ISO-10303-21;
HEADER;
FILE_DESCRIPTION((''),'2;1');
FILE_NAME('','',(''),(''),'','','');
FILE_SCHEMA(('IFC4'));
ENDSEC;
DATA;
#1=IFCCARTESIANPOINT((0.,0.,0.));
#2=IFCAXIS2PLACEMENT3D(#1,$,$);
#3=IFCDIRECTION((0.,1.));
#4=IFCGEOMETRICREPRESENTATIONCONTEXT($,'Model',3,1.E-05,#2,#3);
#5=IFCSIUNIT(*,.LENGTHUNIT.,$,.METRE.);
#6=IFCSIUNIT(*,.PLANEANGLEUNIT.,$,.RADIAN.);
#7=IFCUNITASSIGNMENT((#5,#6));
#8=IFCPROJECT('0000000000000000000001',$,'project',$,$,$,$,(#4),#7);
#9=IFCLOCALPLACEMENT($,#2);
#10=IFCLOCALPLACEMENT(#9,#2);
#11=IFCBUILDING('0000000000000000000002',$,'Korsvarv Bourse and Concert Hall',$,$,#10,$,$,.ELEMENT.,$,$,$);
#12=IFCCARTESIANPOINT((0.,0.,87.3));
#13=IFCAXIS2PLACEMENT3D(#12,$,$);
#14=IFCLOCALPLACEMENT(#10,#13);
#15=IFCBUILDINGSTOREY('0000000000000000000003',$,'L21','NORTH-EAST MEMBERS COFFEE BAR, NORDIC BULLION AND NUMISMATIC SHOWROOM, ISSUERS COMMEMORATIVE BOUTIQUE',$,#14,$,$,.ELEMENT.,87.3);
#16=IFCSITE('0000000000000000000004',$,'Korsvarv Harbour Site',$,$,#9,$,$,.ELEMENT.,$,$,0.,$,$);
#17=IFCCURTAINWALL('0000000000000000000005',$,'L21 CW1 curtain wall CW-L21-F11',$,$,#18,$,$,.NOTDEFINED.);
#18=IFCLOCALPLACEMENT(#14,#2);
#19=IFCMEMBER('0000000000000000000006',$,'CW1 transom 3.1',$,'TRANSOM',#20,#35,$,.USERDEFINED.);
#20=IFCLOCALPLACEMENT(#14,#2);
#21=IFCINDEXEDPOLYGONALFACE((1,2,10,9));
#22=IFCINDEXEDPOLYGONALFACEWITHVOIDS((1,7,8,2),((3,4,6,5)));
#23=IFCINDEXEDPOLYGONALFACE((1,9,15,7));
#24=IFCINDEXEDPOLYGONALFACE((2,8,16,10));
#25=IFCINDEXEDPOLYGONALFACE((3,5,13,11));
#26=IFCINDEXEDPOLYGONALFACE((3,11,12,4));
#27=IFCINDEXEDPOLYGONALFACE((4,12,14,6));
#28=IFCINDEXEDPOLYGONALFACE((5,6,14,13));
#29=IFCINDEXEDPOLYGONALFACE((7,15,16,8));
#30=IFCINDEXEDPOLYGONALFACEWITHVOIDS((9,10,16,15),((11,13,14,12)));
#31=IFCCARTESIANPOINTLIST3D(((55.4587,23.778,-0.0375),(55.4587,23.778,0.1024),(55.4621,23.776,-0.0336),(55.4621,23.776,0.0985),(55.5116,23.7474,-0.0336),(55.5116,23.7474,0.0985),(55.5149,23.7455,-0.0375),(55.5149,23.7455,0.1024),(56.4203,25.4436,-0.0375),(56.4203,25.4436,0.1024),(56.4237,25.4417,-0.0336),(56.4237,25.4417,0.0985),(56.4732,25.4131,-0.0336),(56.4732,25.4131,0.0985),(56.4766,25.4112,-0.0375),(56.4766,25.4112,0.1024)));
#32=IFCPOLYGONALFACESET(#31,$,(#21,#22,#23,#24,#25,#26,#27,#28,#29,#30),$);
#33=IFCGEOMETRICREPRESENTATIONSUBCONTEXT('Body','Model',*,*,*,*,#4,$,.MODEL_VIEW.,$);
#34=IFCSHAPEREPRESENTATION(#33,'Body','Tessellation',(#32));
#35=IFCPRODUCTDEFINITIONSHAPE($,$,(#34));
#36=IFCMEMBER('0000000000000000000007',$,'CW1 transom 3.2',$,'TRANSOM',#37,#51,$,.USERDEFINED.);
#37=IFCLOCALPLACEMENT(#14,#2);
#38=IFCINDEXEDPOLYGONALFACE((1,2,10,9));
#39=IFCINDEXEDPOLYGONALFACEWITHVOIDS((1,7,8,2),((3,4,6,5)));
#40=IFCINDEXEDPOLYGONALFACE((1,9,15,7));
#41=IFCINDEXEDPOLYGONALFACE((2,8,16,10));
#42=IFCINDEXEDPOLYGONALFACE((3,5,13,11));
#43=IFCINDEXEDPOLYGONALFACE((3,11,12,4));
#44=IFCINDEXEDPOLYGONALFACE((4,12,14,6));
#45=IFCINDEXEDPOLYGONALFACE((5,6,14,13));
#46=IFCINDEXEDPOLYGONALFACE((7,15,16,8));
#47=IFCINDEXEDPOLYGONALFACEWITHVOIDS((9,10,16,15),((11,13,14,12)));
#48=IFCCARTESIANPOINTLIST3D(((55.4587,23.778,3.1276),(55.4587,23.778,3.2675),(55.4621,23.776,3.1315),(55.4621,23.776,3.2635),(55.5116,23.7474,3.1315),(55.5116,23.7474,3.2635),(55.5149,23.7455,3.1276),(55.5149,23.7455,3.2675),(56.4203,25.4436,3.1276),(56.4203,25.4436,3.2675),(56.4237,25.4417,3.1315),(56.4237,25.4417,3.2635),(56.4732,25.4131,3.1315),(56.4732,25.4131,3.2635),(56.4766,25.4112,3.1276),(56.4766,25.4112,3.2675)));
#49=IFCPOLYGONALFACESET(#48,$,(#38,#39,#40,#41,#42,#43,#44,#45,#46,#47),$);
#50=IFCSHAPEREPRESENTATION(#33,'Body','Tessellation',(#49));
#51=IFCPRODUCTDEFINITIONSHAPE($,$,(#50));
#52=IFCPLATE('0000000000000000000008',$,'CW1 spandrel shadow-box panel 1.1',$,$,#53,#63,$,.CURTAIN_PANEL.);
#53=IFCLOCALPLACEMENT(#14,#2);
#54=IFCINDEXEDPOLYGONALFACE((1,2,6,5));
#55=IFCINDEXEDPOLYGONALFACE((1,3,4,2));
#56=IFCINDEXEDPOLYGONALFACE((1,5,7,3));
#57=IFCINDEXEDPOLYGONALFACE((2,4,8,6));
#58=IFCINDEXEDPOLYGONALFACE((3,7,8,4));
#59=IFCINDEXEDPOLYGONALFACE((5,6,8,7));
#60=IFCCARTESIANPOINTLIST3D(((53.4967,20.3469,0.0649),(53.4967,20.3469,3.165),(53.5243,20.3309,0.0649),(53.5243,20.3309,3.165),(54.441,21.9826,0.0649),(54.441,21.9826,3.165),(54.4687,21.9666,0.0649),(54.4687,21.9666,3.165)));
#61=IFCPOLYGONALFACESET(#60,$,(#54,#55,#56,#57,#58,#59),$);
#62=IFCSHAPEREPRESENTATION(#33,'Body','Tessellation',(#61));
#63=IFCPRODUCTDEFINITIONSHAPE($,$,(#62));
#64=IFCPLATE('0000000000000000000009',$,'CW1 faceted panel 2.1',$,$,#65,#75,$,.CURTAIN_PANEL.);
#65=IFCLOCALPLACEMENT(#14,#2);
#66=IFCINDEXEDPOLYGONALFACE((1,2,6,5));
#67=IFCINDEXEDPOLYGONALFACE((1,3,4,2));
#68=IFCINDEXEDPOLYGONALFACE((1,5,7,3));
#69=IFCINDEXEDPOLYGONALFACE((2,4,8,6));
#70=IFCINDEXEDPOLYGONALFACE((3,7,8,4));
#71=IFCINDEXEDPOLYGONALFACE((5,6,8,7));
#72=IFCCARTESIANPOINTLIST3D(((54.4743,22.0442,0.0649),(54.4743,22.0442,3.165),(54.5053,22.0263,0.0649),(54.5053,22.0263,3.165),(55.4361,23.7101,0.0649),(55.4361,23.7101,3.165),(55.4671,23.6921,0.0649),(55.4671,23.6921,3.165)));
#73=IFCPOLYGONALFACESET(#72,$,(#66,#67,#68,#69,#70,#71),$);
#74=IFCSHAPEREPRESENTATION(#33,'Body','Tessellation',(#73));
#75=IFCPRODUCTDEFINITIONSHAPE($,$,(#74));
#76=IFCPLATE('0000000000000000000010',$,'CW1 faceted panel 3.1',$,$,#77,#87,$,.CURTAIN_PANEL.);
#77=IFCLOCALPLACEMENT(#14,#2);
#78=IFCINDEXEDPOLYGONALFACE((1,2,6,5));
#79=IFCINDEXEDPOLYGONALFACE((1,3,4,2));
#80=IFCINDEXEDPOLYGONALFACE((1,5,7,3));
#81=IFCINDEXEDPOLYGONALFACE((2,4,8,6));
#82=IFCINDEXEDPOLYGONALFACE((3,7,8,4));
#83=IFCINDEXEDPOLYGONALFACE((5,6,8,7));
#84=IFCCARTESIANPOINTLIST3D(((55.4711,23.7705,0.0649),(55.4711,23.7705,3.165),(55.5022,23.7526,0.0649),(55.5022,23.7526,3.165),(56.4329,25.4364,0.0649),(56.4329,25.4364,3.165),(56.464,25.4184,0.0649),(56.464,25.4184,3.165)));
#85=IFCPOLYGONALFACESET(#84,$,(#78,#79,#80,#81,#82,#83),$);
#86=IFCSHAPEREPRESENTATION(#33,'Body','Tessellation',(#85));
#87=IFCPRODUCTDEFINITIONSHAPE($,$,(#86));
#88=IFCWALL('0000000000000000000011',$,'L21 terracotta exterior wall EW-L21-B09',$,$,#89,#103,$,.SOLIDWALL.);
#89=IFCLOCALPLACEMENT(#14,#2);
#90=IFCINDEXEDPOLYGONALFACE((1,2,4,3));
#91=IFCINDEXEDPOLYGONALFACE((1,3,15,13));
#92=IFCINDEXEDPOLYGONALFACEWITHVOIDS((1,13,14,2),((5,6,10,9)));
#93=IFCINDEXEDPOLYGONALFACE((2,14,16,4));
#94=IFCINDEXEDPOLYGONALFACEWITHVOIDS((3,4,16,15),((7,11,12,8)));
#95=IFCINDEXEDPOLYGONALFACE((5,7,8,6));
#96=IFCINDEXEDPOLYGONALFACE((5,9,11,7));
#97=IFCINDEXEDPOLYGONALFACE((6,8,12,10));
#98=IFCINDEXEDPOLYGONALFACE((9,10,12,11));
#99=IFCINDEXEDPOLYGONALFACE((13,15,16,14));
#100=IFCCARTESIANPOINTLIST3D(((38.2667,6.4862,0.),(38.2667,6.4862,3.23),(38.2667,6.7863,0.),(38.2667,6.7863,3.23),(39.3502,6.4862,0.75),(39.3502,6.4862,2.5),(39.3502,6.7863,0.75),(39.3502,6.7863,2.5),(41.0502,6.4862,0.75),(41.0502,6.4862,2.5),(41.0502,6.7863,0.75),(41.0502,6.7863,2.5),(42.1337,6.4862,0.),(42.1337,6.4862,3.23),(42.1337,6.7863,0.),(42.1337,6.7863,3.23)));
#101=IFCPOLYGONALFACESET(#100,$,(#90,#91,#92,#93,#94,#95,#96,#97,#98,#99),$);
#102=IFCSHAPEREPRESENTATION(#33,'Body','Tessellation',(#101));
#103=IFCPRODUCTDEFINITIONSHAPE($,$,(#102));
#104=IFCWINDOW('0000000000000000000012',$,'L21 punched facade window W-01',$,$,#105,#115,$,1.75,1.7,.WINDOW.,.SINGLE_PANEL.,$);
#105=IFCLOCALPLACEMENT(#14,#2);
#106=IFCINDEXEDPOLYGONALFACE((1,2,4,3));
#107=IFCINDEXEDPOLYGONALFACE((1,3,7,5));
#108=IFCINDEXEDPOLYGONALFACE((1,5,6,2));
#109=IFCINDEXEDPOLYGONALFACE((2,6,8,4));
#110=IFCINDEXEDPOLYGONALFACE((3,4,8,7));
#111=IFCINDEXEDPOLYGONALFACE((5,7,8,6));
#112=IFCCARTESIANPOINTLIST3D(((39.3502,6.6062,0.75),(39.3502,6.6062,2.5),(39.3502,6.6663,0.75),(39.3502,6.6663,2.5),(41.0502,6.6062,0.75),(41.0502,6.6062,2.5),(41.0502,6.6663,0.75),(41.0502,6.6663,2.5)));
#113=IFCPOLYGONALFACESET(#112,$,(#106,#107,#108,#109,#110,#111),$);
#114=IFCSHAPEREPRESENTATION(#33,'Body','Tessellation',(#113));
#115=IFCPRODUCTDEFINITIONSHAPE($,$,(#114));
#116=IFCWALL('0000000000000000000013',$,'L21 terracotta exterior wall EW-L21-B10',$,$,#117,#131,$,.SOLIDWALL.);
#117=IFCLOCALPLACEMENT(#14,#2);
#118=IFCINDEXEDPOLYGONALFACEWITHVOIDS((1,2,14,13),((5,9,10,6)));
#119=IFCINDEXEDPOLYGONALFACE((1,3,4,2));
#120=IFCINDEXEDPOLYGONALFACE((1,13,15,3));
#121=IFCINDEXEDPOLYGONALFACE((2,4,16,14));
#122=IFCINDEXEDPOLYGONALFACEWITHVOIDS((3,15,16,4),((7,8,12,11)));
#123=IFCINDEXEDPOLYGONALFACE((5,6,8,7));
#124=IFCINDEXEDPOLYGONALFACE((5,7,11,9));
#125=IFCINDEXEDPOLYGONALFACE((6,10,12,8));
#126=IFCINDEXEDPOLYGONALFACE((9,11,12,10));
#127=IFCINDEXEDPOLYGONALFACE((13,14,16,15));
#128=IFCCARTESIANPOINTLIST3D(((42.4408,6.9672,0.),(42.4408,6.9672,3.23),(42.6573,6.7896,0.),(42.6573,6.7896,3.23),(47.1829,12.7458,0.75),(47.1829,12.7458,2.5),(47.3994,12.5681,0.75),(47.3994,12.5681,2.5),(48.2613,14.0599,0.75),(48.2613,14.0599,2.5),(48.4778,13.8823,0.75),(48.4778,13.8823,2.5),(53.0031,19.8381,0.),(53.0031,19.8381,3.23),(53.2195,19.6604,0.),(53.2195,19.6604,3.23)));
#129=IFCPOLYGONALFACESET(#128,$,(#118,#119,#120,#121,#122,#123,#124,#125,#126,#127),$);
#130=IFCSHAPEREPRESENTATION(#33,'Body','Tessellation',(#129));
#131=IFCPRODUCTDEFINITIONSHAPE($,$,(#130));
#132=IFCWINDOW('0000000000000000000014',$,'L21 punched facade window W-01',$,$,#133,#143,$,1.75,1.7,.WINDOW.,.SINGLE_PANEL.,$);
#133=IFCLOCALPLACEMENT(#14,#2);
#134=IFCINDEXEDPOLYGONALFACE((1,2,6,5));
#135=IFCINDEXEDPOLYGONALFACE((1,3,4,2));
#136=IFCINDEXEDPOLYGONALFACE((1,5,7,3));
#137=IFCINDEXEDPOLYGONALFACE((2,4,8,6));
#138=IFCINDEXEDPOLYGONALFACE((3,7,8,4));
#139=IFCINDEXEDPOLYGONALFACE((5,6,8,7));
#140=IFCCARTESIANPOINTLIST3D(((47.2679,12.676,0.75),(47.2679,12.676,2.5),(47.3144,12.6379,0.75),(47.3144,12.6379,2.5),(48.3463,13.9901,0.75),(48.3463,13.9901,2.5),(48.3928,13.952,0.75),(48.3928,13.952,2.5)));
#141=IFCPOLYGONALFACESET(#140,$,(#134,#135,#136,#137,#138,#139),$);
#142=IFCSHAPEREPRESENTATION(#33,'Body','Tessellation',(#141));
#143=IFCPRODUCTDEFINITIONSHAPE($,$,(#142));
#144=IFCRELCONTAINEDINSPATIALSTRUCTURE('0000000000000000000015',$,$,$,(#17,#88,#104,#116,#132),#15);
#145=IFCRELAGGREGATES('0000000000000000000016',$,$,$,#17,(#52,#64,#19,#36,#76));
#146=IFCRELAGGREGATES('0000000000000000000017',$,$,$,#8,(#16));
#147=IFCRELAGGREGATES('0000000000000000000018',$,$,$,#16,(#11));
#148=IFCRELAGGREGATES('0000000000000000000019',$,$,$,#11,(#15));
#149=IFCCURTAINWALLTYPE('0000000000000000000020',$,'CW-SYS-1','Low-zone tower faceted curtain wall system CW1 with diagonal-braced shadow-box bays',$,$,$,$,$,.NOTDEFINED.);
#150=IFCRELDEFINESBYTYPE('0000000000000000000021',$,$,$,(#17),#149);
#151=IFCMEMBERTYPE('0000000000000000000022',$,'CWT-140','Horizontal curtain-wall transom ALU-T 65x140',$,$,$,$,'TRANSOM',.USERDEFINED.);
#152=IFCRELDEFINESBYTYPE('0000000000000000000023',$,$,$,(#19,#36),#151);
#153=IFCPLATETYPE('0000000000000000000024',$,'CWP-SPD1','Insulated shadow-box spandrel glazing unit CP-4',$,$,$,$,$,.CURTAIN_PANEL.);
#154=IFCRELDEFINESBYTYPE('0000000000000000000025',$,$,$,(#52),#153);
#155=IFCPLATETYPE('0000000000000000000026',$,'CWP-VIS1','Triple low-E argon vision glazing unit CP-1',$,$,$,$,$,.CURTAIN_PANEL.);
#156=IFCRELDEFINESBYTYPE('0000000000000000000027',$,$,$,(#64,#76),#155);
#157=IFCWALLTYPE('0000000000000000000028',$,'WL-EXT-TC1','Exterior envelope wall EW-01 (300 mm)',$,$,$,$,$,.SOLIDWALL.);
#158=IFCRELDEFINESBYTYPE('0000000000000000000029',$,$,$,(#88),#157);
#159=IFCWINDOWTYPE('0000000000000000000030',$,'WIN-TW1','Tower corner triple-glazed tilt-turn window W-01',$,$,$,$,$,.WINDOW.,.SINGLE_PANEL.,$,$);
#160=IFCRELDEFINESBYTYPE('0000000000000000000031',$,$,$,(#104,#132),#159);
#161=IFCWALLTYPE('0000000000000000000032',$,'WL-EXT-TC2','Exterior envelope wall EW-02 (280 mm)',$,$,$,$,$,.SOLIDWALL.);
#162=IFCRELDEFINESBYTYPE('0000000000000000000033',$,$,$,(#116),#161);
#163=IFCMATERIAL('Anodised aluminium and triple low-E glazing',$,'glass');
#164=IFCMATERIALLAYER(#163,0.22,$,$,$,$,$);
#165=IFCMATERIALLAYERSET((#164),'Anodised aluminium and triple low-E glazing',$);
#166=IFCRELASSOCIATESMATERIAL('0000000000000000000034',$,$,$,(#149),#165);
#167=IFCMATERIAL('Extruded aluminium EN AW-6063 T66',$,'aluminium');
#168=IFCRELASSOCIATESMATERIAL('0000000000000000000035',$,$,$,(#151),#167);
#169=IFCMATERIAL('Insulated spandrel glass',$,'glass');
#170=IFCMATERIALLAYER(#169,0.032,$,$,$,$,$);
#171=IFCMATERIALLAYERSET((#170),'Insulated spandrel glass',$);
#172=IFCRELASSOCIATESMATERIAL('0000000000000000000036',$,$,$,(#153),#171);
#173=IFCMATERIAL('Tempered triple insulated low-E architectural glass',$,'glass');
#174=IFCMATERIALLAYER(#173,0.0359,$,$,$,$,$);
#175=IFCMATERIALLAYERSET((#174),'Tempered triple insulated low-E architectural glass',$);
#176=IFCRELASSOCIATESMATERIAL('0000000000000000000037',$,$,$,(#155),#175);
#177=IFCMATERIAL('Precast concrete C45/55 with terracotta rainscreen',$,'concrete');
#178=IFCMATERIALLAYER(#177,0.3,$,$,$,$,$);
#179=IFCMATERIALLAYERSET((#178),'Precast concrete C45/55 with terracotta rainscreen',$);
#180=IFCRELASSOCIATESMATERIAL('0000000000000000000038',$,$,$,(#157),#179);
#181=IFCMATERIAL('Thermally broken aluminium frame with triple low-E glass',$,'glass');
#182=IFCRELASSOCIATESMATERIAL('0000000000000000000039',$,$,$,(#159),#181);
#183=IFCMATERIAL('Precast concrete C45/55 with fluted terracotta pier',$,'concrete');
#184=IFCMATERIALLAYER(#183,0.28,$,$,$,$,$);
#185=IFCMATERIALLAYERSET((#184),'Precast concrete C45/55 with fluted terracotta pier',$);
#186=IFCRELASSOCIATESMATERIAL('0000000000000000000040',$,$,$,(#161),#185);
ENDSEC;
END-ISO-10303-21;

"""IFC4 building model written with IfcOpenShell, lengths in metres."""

from ifc_helpers import new_model, si_unit, direction, frame, frame_2d, origin, origin_2d, place, context, subcontext, project, spatial, rectangle, hollow_rectangle, extrude, source, transform, mapped, material, layer, layer_set, material_profile, profile_set, type_object, element, fill, aggregate, save


model = new_model("IFC4")

# Units and contexts
model_context = context("Model", 3, precision=1e-05, world=origin(), true_north=direction((0.0, 1.0)))
body_context = subcontext(model_context, "Body", "Model", "MODEL_VIEW")
ifc_project = project(units=[si_unit("LENGTHUNIT", "METRE"), si_unit("PLANEANGLEUNIT", "RADIAN")], contexts=[model_context])

# Site, building, storey
site_placement = place(None, origin())
site = spatial("IfcSite", under=ifc_project, at=site_placement, Name="Korsvarv Harbour Site", CompositionType="ELEMENT", RefElevation=0.0)
building_placement = place(site_placement, origin())
building = spatial("IfcBuilding", under=site, at=building_placement, Name="Korsvarv Bourse and Concert Hall", CompositionType="ELEMENT")
storey_placement = place(building_placement, frame((0.0, 0.0, 87.3)))
storey = spatial("IfcBuildingStorey", under=building, at=storey_placement, Name="L21", Description="NORTH-EAST MEMBERS COFFEE BAR, NORDIC BULLION AND NUMISMATIC SHOWROOM, ISSUERS COMMEMORATIVE BOUTIQUE", CompositionType="ELEMENT", Elevation=87.3)

# Curtain wall, members, plates
ifc_material_1 = material(Name="Anodised aluminium and triple low-E glazing", Category="glass")
ifc_layer_1 = layer(ifc_material_1, 0.22)
ifc_layer_set_1 = layer_set([ifc_layer_1], Name="Anodised aluminium and triple low-E glazing")
curtain_wall_type = type_object("IfcCurtainWallType", Name="CW-SYS-1", Description="Low-zone tower faceted curtain wall system CW1 with diagonal-braced shadow-box bays", PredefinedType="NOTDEFINED", material=ifc_layer_set_1)
curtain_wall_placement = place(storey_placement, origin())
curtain_wall = element("IfcCurtainWall", 1, at=curtain_wall_placement, inside=storey, type_object=curtain_wall_type, Name="L21 CW1 curtain wall CW-L21-F11", PredefinedType="NOTDEFINED")
ifc_material_2 = material(Name="Extruded aluminium EN AW-6063 T66", Category="aluminium")
ifc_material_profile_1 = material_profile(ifc_material_2, hollow_rectangle(XDim=0.0649, YDim=0.1399, WallThickness=0.0039, at=origin_2d()), Name="ALU-T 65x140")
ifc_profile_set_1 = profile_set([ifc_material_profile_1], Name="Extruded aluminium EN AW-6063 T66")
member_type_1 = type_object("IfcMemberType", Name="CWT-140", Description="Horizontal curtain-wall transom ALU-T 65x140", ElementType="TRANSOM", PredefinedType="USERDEFINED", material=ifc_profile_set_1)
shared_shape_1 = source(origin(), body_context, "Body", "SweptSolid", [
    extrude(hollow_rectangle(XDim=0.0649, YDim=0.1399, WallThickness=0.0039, at=origin_2d()), origin(), (0.0, 0.0, 1.0), 1.9233),
])
member_1_placement = place(storey_placement, frame((55.4868, 23.7617, 0.0325), z_axis=(0.499975, 0.86604, 0.0), x_axis=(-0.86604, 0.499975, 0.0)))
member_1 = element("IfcMember", 2, at=member_1_placement, type_object=member_type_1, Name="CW1 transom 3.1", ObjectType="TRANSOM", PredefinedType="USERDEFINED", context=body_context, shape_type="MappedRepresentation", body=[
    mapped(shared_shape_1, transform((0.0, 0.0, 0.0), scale=1.0)),
])
member_2_placement = place(storey_placement, frame((55.4868, 23.7617, 3.1975), z_axis=(0.499975, 0.86604, 0.0), x_axis=(-0.86604, 0.499975, 0.0)))
member_2 = element("IfcMember", 3, at=member_2_placement, type_object=member_type_1, Name="CW1 transom 3.2", ObjectType="TRANSOM", PredefinedType="USERDEFINED", context=body_context, shape_type="MappedRepresentation", body=[
    mapped(shared_shape_1, transform((0.0, 0.0, 0.0), scale=1.0)),
])
ifc_material_3 = material(Name="Insulated spandrel glass", Category="glass")
ifc_layer_2 = layer(ifc_material_3, 0.032)
ifc_layer_set_2 = layer_set([ifc_layer_2], Name="Insulated spandrel glass")
plate_type_1 = type_object("IfcPlateType", Name="CWP-SPD1", Description="Insulated shadow-box spandrel glazing unit CP-4", PredefinedType="CURTAIN_PANEL", material=ifc_layer_set_2)
shared_shape_2 = source(origin(), body_context, "Body", "SweptSolid", [
    extrude(rectangle(XDim=1.8887, YDim=0.032, at=origin_2d()), origin(), (0.0, 0.0, 1.0), 3.1001),
])
plate_1_placement = place(storey_placement, frame((53.9827, 21.1567, 0.0649), z_axis=(0.0, 0.0, 1.0), x_axis=(0.499999, 0.866026, 0.0)))
plate_1 = element("IfcPlate", 4, at=plate_1_placement, type_object=plate_type_1, Name="CW1 spandrel shadow-box panel 1.1", PredefinedType="CURTAIN_PANEL", context=body_context, shape_type="MappedRepresentation", body=[
    mapped(shared_shape_2, transform((0.0, 0.0, 0.0), scale=1.0)),
])
ifc_material_4 = material(Name="Tempered triple insulated low-E architectural glass", Category="glass")
ifc_layer_3 = layer(ifc_material_4, 0.0359)
ifc_layer_set_3 = layer_set([ifc_layer_3], Name="Tempered triple insulated low-E architectural glass")
plate_type_2 = type_object("IfcPlateType", Name="CWP-VIS1", Description="Triple low-E argon vision glazing unit CP-1", PredefinedType="CURTAIN_PANEL", material=ifc_layer_set_3)
shared_shape_3 = source(origin(), body_context, "Body", "SweptSolid", [
    extrude(rectangle(XDim=1.9236, YDim=0.0359, at=origin_2d()), origin(), (0.0, 0.0, 1.0), 3.1001),
])
plate_2_placement = place(storey_placement, frame((54.9707, 22.8682, 0.0649), z_axis=(0.0, 0.0, 1.0), x_axis=(0.499999, 0.866026, 0.0)))
plate_2 = element("IfcPlate", 5, at=plate_2_placement, type_object=plate_type_2, Name="CW1 faceted panel 2.1", PredefinedType="CURTAIN_PANEL", context=body_context, shape_type="MappedRepresentation", body=[
    mapped(shared_shape_3, transform((0.0, 0.0, 0.0), scale=1.0)),
])
plate_3_placement = place(storey_placement, frame((55.9675, 24.5945, 0.0649), z_axis=(0.0, 0.0, 1.0), x_axis=(0.499999, 0.866026, 0.0)))
plate_3 = element("IfcPlate", 6, at=plate_3_placement, type_object=plate_type_2, Name="CW1 faceted panel 3.1", PredefinedType="CURTAIN_PANEL", context=body_context, shape_type="MappedRepresentation", body=[
    mapped(shared_shape_3, transform((0.0, 0.0, 0.0), scale=1.0)),
])
aggregate(curtain_wall, [plate_1, plate_2, member_1, member_2, plate_3])

# Walls, openings, windows
ifc_material_5 = material(Name="Precast concrete C45/55 with terracotta rainscreen", Category="concrete")
ifc_layer_4 = layer(ifc_material_5, 0.3)
ifc_layer_set_4 = layer_set([ifc_layer_4], Name="Precast concrete C45/55 with terracotta rainscreen")
wall_type_1 = type_object("IfcWallType", Name="WL-EXT-TC1", Description="Exterior envelope wall EW-01 (300 mm)", PredefinedType="SOLIDWALL", material=ifc_layer_set_4)
wall_1_placement = place(storey_placement, frame((38.2666, 6.6362, 0.0), z_axis=(0.0, 0.0, 1.0), x_axis=(1.0, 0.0, 0.0)))
wall_1 = element("IfcWall", 7, at=wall_1_placement, inside=storey, type_object=wall_type_1, Name="L21 terracotta exterior wall EW-L21-B09", PredefinedType="SOLIDWALL", context=body_context, shape_type="SweptSolid", body=[
    extrude(rectangle(XDim=3.8669, YDim=0.3, at=frame_2d((1.9336, 0.0))), origin(), (0.0, 0.0, 1.0), 3.23),
])
opening_1_placement = place(wall_1_placement, frame((1.0835, 0.0, 0.75)))
opening_1 = element("IfcOpeningElement", 8, at=opening_1_placement, cuts=wall_1, PredefinedType="OPENING", context=body_context, shape_type="SweptSolid", body=[
    extrude(rectangle(XDim=1.7, YDim=1.75, at=frame_2d((0.8501, 0.875))), frame((0.0, 0.1602, 0.0), z_axis=(0.0, -1.0, 0.0), x_axis=(1.0, 0.0, 0.0)), (0.0, 0.0, 1.0), 0.3201),
])
ifc_material_6 = material(Name="Thermally broken aluminium frame with triple low-E glass", Category="glass")
window_type = type_object("IfcWindowType", Name="WIN-TW1", Description="Tower corner triple-glazed tilt-turn window W-01", PartitioningType="SINGLE_PANEL", PredefinedType="WINDOW", material=ifc_material_6)
window_1_placement = place(opening_1_placement, origin())
window_1 = element("IfcWindow", 9, at=window_1_placement, inside=storey, type_object=window_type, Name="L21 punched facade window W-01", OverallHeight=1.75, OverallWidth=1.7, PartitioningType="SINGLE_PANEL", PredefinedType="WINDOW", context=body_context, shape_type="SweptSolid", body=[
    extrude(rectangle(XDim=1.7, YDim=1.75, at=frame_2d((0.8501, 0.875))), frame((0.0, 0.03, 0.0), z_axis=(0.0, -1.0, 0.0), x_axis=(1.0, 0.0, 0.0)), (0.0, 0.0, 1.0), 0.0601),
])
fill(opening_1, window_1)
ifc_material_7 = material(Name="Precast concrete C45/55 with fluted terracotta pier", Category="concrete")
ifc_layer_5 = layer(ifc_material_7, 0.28)
ifc_layer_set_5 = layer_set([ifc_layer_5], Name="Precast concrete C45/55 with fluted terracotta pier")
wall_type_2 = type_object("IfcWallType", Name="WL-EXT-TC2", Description="Exterior envelope wall EW-02 (280 mm)", PredefinedType="SOLIDWALL", material=ifc_layer_set_5)
wall_2_placement = place(storey_placement, frame((42.5491, 6.8784, 0.0), z_axis=(0.0, 0.0, 1.0), x_axis=(0.634373, 0.773027, 0.0)))
wall_2 = element("IfcWall", 10, at=wall_2_placement, inside=storey, type_object=wall_type_2, Name="L21 terracotta exterior wall EW-L21-B10", PredefinedType="SOLIDWALL", context=body_context, shape_type="SweptSolid", body=[
    extrude(rectangle(XDim=16.6499, YDim=0.28, at=frame_2d((8.325, 0.0))), origin(), (0.0, 0.0, 1.0), 3.23),
])
opening_2_placement = place(wall_2_placement, frame((7.4751, 0.0, 0.75)))
opening_2 = element("IfcOpeningElement", 11, at=opening_2_placement, cuts=wall_2, PredefinedType="OPENING", context=body_context, shape_type="SweptSolid", body=[
    extrude(rectangle(XDim=1.7, YDim=1.75, at=frame_2d((0.8501, 0.875))), frame((0.0, 0.1499, 0.0), z_axis=(0.0, -1.0, 0.0), x_axis=(1.0, 0.0, 0.0)), (0.0, 0.0, 1.0), 0.3),
])
window_2_placement = place(opening_2_placement, origin())
window_2 = element("IfcWindow", 12, at=window_2_placement, inside=storey, type_object=window_type, Name="L21 punched facade window W-01", OverallHeight=1.75, OverallWidth=1.7, PartitioningType="SINGLE_PANEL", PredefinedType="WINDOW", context=body_context, shape_type="SweptSolid", body=[
    extrude(rectangle(XDim=1.7, YDim=1.75, at=frame_2d((0.8501, 0.875))), frame((0.0, 0.03, 0.0), z_axis=(0.0, -1.0, 0.0), x_axis=(1.0, 0.0, 0.0)), (0.0, 0.0, 1.0), 0.0601),
])
fill(opening_2, window_2)

save(model, "model.ifc")
